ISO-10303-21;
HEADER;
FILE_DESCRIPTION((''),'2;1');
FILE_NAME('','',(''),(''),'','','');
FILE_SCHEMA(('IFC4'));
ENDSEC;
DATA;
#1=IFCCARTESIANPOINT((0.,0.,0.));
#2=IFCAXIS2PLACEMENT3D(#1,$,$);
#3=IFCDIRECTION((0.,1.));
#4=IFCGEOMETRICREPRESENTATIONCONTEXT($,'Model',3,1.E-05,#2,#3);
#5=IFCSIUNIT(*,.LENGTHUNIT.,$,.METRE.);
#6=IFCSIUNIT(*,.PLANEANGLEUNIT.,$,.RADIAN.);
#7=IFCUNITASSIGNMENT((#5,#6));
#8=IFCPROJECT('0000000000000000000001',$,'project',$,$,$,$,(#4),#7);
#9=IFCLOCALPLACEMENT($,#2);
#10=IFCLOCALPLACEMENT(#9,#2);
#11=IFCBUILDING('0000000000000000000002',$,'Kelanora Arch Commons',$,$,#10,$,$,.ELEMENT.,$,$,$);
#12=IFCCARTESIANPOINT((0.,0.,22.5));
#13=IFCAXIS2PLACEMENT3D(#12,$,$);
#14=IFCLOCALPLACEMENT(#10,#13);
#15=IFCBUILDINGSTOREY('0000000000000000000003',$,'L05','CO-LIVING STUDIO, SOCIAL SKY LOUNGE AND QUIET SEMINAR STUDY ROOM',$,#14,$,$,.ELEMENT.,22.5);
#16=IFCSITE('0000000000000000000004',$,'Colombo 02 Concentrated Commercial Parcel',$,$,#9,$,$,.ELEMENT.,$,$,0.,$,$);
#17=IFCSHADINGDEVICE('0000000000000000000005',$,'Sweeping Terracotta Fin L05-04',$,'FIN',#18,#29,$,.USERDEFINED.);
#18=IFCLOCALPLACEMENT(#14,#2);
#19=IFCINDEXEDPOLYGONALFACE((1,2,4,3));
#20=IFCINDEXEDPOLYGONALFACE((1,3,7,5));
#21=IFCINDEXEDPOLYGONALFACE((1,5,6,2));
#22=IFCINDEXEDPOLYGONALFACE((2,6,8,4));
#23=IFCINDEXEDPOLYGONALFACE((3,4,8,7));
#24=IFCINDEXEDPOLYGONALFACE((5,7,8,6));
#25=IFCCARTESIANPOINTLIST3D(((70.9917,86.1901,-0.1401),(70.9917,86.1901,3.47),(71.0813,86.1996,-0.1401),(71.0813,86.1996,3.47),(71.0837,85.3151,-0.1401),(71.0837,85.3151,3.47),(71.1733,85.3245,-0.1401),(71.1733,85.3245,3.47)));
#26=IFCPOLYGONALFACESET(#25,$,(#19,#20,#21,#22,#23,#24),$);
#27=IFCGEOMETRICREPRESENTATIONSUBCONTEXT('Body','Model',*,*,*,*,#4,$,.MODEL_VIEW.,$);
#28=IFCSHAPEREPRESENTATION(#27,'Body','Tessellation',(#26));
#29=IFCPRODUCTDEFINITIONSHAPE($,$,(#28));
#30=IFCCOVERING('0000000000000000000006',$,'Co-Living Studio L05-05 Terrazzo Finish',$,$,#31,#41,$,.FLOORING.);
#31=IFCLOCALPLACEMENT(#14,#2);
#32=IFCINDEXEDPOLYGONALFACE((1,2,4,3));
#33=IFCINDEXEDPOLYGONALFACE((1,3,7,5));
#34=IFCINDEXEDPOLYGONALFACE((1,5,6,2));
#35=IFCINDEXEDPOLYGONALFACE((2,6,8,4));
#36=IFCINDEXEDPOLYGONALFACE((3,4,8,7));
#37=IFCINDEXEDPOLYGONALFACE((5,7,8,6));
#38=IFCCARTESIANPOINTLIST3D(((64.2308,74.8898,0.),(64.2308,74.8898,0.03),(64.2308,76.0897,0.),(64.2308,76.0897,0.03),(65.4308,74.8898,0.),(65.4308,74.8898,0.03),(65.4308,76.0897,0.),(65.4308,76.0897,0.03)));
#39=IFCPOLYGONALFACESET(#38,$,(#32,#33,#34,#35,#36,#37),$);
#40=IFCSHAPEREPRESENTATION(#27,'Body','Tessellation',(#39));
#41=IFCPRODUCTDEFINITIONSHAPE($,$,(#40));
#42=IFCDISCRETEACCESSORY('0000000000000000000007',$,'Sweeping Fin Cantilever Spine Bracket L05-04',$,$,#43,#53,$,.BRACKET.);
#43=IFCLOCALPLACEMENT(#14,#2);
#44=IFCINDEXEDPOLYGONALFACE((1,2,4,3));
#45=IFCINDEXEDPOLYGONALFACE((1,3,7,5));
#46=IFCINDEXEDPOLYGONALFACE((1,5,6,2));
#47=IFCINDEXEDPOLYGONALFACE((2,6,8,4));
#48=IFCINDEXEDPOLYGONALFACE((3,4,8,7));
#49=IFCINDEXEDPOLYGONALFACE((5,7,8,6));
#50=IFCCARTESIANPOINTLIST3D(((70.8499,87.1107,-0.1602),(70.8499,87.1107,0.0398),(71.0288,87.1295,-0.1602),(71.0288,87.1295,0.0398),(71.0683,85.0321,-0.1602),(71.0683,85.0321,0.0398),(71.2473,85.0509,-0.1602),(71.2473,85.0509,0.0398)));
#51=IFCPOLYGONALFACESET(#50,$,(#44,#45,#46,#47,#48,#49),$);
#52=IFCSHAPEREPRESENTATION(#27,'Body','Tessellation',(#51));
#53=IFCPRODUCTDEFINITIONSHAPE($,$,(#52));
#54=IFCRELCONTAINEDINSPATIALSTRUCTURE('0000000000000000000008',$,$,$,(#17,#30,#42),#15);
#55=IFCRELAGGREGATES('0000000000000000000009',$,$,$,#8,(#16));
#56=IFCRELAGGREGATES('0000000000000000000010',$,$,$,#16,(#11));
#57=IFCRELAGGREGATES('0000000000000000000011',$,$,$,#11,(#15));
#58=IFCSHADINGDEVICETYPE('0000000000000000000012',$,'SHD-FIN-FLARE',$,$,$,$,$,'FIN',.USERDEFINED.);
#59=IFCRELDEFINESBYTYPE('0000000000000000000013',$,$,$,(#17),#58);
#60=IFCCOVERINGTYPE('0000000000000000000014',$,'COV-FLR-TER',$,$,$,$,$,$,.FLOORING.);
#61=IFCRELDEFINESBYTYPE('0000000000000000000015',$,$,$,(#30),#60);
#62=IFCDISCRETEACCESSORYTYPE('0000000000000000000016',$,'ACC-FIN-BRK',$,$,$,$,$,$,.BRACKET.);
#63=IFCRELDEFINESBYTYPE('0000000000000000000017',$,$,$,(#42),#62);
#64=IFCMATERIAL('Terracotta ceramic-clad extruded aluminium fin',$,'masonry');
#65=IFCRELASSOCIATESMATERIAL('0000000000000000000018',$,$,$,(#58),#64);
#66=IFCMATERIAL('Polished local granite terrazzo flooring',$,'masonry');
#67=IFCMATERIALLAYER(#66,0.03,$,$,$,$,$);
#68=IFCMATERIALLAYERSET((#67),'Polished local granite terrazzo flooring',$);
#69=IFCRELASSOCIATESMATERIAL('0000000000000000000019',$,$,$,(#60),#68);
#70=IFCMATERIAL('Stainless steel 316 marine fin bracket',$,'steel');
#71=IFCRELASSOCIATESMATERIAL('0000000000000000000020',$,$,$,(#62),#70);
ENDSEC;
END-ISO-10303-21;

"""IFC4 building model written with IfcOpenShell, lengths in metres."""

from ifc_helpers import new_model, si_unit, direction, frame, origin, origin_2d, place, context, subcontext, project, spatial, rectangle, extrude, source, transform, mapped, material, layer, layer_set, type_object, element, save


model = new_model("IFC4")

# Units and contexts
model_context = context("Model", 3, precision=1e-05, world=origin(), true_north=direction((0.0, 1.0)))
body_context = subcontext(model_context, "Body", "Model", "MODEL_VIEW")
ifc_project = project(units=[si_unit("LENGTHUNIT", "METRE"), si_unit("PLANEANGLEUNIT", "RADIAN")], contexts=[model_context])

# Site, building, storey
site_placement = place(None, origin())
site = spatial("IfcSite", under=ifc_project, at=site_placement, Name="Colombo 02 Concentrated Commercial Parcel", CompositionType="ELEMENT", RefElevation=0.0)
building_placement = place(site_placement, origin())
building = spatial("IfcBuilding", under=site, at=building_placement, Name="Kelanora Arch Commons", CompositionType="ELEMENT")
storey_placement = place(building_placement, frame((0.0, 0.0, 22.5)))
storey = spatial("IfcBuildingStorey", under=building, at=storey_placement, Name="L05", Description="CO-LIVING STUDIO, SOCIAL SKY LOUNGE AND QUIET SEMINAR STUDY ROOM", CompositionType="ELEMENT", Elevation=22.5)

# Shading device
ifc_material_1 = material(Name="Terracotta ceramic-clad extruded aluminium fin", Category="masonry")
shading_device_type = type_object("IfcShadingDeviceType", Name="SHD-FIN-FLARE", ElementType="FIN", PredefinedType="USERDEFINED", material=ifc_material_1)
shared_shape_1 = source(origin(), body_context, "Body", "SweptSolid", [
    extrude(rectangle(XDim=0.8799, YDim=0.0901, at=origin_2d()), origin(), (0.0, 0.0, 1.0), 3.6101),
])
shading_device_placement = place(storey_placement, frame((71.0825, 85.7573, -0.1401), z_axis=(0.0, 0.0, 1.0), x_axis=(-0.104528, 0.994522, 0.0)))
element("IfcShadingDevice", 1, at=shading_device_placement, inside=storey, type_object=shading_device_type, Name="Sweeping Terracotta Fin L05-04", ObjectType="FIN", PredefinedType="USERDEFINED", context=body_context, shape_type="MappedRepresentation", body=[
    mapped(shared_shape_1, transform((0.0, 0.0, 0.0), scale=1.0)),
])

# Covering
ifc_material_2 = material(Name="Polished local granite terrazzo flooring", Category="masonry")
ifc_layer_1 = layer(ifc_material_2, 0.03)
ifc_layer_set_1 = layer_set([ifc_layer_1], Name="Polished local granite terrazzo flooring")
covering_type = type_object("IfcCoveringType", Name="COV-FLR-TER", PredefinedType="FLOORING", material=ifc_layer_set_1)
shared_shape_2 = source(origin(), body_context, "Body", "SweptSolid", [
    extrude(rectangle(XDim=1.2, YDim=1.2, at=origin_2d()), origin(), (0.0, 0.0, 1.0), 0.03),
])
covering_placement = place(storey_placement, frame((64.8308, 75.4897, 0.0), z_axis=(0.0, 0.0, 1.0), x_axis=(1.0, 0.0, 0.0)))
element("IfcCovering", 2, at=covering_placement, inside=storey, type_object=covering_type, Name="Co-Living Studio L05-05 Terrazzo Finish", PredefinedType="FLOORING", context=body_context, shape_type="MappedRepresentation", body=[
    mapped(shared_shape_2, transform((0.0, 0.0, 0.0), scale=1.0)),
])

# Discrete accessory
ifc_material_3 = material(Name="Stainless steel 316 marine fin bracket", Category="steel")
discrete_accessory_type = type_object("IfcDiscreteAccessoryType", Name="ACC-FIN-BRK", PredefinedType="BRACKET", material=ifc_material_3)
shared_shape_3 = source(origin(), body_context, "Body", "SweptSolid", [
    extrude(rectangle(XDim=2.0901, YDim=0.1799, at=origin_2d()), origin(), (0.0, 0.0, 1.0), 0.2),
])
discrete_accessory_placement = place(storey_placement, frame((71.0486, 86.0808, -0.1602), z_axis=(0.0, 0.0, 1.0), x_axis=(-0.104528, 0.994522, 0.0)))
element("IfcDiscreteAccessory", 3, at=discrete_accessory_placement, inside=storey, type_object=discrete_accessory_type, Name="Sweeping Fin Cantilever Spine Bracket L05-04", PredefinedType="BRACKET", context=body_context, shape_type="MappedRepresentation", body=[
    mapped(shared_shape_3, transform((0.0, 0.0, 0.0), scale=1.0)),
])

save(model, "model.ifc")
